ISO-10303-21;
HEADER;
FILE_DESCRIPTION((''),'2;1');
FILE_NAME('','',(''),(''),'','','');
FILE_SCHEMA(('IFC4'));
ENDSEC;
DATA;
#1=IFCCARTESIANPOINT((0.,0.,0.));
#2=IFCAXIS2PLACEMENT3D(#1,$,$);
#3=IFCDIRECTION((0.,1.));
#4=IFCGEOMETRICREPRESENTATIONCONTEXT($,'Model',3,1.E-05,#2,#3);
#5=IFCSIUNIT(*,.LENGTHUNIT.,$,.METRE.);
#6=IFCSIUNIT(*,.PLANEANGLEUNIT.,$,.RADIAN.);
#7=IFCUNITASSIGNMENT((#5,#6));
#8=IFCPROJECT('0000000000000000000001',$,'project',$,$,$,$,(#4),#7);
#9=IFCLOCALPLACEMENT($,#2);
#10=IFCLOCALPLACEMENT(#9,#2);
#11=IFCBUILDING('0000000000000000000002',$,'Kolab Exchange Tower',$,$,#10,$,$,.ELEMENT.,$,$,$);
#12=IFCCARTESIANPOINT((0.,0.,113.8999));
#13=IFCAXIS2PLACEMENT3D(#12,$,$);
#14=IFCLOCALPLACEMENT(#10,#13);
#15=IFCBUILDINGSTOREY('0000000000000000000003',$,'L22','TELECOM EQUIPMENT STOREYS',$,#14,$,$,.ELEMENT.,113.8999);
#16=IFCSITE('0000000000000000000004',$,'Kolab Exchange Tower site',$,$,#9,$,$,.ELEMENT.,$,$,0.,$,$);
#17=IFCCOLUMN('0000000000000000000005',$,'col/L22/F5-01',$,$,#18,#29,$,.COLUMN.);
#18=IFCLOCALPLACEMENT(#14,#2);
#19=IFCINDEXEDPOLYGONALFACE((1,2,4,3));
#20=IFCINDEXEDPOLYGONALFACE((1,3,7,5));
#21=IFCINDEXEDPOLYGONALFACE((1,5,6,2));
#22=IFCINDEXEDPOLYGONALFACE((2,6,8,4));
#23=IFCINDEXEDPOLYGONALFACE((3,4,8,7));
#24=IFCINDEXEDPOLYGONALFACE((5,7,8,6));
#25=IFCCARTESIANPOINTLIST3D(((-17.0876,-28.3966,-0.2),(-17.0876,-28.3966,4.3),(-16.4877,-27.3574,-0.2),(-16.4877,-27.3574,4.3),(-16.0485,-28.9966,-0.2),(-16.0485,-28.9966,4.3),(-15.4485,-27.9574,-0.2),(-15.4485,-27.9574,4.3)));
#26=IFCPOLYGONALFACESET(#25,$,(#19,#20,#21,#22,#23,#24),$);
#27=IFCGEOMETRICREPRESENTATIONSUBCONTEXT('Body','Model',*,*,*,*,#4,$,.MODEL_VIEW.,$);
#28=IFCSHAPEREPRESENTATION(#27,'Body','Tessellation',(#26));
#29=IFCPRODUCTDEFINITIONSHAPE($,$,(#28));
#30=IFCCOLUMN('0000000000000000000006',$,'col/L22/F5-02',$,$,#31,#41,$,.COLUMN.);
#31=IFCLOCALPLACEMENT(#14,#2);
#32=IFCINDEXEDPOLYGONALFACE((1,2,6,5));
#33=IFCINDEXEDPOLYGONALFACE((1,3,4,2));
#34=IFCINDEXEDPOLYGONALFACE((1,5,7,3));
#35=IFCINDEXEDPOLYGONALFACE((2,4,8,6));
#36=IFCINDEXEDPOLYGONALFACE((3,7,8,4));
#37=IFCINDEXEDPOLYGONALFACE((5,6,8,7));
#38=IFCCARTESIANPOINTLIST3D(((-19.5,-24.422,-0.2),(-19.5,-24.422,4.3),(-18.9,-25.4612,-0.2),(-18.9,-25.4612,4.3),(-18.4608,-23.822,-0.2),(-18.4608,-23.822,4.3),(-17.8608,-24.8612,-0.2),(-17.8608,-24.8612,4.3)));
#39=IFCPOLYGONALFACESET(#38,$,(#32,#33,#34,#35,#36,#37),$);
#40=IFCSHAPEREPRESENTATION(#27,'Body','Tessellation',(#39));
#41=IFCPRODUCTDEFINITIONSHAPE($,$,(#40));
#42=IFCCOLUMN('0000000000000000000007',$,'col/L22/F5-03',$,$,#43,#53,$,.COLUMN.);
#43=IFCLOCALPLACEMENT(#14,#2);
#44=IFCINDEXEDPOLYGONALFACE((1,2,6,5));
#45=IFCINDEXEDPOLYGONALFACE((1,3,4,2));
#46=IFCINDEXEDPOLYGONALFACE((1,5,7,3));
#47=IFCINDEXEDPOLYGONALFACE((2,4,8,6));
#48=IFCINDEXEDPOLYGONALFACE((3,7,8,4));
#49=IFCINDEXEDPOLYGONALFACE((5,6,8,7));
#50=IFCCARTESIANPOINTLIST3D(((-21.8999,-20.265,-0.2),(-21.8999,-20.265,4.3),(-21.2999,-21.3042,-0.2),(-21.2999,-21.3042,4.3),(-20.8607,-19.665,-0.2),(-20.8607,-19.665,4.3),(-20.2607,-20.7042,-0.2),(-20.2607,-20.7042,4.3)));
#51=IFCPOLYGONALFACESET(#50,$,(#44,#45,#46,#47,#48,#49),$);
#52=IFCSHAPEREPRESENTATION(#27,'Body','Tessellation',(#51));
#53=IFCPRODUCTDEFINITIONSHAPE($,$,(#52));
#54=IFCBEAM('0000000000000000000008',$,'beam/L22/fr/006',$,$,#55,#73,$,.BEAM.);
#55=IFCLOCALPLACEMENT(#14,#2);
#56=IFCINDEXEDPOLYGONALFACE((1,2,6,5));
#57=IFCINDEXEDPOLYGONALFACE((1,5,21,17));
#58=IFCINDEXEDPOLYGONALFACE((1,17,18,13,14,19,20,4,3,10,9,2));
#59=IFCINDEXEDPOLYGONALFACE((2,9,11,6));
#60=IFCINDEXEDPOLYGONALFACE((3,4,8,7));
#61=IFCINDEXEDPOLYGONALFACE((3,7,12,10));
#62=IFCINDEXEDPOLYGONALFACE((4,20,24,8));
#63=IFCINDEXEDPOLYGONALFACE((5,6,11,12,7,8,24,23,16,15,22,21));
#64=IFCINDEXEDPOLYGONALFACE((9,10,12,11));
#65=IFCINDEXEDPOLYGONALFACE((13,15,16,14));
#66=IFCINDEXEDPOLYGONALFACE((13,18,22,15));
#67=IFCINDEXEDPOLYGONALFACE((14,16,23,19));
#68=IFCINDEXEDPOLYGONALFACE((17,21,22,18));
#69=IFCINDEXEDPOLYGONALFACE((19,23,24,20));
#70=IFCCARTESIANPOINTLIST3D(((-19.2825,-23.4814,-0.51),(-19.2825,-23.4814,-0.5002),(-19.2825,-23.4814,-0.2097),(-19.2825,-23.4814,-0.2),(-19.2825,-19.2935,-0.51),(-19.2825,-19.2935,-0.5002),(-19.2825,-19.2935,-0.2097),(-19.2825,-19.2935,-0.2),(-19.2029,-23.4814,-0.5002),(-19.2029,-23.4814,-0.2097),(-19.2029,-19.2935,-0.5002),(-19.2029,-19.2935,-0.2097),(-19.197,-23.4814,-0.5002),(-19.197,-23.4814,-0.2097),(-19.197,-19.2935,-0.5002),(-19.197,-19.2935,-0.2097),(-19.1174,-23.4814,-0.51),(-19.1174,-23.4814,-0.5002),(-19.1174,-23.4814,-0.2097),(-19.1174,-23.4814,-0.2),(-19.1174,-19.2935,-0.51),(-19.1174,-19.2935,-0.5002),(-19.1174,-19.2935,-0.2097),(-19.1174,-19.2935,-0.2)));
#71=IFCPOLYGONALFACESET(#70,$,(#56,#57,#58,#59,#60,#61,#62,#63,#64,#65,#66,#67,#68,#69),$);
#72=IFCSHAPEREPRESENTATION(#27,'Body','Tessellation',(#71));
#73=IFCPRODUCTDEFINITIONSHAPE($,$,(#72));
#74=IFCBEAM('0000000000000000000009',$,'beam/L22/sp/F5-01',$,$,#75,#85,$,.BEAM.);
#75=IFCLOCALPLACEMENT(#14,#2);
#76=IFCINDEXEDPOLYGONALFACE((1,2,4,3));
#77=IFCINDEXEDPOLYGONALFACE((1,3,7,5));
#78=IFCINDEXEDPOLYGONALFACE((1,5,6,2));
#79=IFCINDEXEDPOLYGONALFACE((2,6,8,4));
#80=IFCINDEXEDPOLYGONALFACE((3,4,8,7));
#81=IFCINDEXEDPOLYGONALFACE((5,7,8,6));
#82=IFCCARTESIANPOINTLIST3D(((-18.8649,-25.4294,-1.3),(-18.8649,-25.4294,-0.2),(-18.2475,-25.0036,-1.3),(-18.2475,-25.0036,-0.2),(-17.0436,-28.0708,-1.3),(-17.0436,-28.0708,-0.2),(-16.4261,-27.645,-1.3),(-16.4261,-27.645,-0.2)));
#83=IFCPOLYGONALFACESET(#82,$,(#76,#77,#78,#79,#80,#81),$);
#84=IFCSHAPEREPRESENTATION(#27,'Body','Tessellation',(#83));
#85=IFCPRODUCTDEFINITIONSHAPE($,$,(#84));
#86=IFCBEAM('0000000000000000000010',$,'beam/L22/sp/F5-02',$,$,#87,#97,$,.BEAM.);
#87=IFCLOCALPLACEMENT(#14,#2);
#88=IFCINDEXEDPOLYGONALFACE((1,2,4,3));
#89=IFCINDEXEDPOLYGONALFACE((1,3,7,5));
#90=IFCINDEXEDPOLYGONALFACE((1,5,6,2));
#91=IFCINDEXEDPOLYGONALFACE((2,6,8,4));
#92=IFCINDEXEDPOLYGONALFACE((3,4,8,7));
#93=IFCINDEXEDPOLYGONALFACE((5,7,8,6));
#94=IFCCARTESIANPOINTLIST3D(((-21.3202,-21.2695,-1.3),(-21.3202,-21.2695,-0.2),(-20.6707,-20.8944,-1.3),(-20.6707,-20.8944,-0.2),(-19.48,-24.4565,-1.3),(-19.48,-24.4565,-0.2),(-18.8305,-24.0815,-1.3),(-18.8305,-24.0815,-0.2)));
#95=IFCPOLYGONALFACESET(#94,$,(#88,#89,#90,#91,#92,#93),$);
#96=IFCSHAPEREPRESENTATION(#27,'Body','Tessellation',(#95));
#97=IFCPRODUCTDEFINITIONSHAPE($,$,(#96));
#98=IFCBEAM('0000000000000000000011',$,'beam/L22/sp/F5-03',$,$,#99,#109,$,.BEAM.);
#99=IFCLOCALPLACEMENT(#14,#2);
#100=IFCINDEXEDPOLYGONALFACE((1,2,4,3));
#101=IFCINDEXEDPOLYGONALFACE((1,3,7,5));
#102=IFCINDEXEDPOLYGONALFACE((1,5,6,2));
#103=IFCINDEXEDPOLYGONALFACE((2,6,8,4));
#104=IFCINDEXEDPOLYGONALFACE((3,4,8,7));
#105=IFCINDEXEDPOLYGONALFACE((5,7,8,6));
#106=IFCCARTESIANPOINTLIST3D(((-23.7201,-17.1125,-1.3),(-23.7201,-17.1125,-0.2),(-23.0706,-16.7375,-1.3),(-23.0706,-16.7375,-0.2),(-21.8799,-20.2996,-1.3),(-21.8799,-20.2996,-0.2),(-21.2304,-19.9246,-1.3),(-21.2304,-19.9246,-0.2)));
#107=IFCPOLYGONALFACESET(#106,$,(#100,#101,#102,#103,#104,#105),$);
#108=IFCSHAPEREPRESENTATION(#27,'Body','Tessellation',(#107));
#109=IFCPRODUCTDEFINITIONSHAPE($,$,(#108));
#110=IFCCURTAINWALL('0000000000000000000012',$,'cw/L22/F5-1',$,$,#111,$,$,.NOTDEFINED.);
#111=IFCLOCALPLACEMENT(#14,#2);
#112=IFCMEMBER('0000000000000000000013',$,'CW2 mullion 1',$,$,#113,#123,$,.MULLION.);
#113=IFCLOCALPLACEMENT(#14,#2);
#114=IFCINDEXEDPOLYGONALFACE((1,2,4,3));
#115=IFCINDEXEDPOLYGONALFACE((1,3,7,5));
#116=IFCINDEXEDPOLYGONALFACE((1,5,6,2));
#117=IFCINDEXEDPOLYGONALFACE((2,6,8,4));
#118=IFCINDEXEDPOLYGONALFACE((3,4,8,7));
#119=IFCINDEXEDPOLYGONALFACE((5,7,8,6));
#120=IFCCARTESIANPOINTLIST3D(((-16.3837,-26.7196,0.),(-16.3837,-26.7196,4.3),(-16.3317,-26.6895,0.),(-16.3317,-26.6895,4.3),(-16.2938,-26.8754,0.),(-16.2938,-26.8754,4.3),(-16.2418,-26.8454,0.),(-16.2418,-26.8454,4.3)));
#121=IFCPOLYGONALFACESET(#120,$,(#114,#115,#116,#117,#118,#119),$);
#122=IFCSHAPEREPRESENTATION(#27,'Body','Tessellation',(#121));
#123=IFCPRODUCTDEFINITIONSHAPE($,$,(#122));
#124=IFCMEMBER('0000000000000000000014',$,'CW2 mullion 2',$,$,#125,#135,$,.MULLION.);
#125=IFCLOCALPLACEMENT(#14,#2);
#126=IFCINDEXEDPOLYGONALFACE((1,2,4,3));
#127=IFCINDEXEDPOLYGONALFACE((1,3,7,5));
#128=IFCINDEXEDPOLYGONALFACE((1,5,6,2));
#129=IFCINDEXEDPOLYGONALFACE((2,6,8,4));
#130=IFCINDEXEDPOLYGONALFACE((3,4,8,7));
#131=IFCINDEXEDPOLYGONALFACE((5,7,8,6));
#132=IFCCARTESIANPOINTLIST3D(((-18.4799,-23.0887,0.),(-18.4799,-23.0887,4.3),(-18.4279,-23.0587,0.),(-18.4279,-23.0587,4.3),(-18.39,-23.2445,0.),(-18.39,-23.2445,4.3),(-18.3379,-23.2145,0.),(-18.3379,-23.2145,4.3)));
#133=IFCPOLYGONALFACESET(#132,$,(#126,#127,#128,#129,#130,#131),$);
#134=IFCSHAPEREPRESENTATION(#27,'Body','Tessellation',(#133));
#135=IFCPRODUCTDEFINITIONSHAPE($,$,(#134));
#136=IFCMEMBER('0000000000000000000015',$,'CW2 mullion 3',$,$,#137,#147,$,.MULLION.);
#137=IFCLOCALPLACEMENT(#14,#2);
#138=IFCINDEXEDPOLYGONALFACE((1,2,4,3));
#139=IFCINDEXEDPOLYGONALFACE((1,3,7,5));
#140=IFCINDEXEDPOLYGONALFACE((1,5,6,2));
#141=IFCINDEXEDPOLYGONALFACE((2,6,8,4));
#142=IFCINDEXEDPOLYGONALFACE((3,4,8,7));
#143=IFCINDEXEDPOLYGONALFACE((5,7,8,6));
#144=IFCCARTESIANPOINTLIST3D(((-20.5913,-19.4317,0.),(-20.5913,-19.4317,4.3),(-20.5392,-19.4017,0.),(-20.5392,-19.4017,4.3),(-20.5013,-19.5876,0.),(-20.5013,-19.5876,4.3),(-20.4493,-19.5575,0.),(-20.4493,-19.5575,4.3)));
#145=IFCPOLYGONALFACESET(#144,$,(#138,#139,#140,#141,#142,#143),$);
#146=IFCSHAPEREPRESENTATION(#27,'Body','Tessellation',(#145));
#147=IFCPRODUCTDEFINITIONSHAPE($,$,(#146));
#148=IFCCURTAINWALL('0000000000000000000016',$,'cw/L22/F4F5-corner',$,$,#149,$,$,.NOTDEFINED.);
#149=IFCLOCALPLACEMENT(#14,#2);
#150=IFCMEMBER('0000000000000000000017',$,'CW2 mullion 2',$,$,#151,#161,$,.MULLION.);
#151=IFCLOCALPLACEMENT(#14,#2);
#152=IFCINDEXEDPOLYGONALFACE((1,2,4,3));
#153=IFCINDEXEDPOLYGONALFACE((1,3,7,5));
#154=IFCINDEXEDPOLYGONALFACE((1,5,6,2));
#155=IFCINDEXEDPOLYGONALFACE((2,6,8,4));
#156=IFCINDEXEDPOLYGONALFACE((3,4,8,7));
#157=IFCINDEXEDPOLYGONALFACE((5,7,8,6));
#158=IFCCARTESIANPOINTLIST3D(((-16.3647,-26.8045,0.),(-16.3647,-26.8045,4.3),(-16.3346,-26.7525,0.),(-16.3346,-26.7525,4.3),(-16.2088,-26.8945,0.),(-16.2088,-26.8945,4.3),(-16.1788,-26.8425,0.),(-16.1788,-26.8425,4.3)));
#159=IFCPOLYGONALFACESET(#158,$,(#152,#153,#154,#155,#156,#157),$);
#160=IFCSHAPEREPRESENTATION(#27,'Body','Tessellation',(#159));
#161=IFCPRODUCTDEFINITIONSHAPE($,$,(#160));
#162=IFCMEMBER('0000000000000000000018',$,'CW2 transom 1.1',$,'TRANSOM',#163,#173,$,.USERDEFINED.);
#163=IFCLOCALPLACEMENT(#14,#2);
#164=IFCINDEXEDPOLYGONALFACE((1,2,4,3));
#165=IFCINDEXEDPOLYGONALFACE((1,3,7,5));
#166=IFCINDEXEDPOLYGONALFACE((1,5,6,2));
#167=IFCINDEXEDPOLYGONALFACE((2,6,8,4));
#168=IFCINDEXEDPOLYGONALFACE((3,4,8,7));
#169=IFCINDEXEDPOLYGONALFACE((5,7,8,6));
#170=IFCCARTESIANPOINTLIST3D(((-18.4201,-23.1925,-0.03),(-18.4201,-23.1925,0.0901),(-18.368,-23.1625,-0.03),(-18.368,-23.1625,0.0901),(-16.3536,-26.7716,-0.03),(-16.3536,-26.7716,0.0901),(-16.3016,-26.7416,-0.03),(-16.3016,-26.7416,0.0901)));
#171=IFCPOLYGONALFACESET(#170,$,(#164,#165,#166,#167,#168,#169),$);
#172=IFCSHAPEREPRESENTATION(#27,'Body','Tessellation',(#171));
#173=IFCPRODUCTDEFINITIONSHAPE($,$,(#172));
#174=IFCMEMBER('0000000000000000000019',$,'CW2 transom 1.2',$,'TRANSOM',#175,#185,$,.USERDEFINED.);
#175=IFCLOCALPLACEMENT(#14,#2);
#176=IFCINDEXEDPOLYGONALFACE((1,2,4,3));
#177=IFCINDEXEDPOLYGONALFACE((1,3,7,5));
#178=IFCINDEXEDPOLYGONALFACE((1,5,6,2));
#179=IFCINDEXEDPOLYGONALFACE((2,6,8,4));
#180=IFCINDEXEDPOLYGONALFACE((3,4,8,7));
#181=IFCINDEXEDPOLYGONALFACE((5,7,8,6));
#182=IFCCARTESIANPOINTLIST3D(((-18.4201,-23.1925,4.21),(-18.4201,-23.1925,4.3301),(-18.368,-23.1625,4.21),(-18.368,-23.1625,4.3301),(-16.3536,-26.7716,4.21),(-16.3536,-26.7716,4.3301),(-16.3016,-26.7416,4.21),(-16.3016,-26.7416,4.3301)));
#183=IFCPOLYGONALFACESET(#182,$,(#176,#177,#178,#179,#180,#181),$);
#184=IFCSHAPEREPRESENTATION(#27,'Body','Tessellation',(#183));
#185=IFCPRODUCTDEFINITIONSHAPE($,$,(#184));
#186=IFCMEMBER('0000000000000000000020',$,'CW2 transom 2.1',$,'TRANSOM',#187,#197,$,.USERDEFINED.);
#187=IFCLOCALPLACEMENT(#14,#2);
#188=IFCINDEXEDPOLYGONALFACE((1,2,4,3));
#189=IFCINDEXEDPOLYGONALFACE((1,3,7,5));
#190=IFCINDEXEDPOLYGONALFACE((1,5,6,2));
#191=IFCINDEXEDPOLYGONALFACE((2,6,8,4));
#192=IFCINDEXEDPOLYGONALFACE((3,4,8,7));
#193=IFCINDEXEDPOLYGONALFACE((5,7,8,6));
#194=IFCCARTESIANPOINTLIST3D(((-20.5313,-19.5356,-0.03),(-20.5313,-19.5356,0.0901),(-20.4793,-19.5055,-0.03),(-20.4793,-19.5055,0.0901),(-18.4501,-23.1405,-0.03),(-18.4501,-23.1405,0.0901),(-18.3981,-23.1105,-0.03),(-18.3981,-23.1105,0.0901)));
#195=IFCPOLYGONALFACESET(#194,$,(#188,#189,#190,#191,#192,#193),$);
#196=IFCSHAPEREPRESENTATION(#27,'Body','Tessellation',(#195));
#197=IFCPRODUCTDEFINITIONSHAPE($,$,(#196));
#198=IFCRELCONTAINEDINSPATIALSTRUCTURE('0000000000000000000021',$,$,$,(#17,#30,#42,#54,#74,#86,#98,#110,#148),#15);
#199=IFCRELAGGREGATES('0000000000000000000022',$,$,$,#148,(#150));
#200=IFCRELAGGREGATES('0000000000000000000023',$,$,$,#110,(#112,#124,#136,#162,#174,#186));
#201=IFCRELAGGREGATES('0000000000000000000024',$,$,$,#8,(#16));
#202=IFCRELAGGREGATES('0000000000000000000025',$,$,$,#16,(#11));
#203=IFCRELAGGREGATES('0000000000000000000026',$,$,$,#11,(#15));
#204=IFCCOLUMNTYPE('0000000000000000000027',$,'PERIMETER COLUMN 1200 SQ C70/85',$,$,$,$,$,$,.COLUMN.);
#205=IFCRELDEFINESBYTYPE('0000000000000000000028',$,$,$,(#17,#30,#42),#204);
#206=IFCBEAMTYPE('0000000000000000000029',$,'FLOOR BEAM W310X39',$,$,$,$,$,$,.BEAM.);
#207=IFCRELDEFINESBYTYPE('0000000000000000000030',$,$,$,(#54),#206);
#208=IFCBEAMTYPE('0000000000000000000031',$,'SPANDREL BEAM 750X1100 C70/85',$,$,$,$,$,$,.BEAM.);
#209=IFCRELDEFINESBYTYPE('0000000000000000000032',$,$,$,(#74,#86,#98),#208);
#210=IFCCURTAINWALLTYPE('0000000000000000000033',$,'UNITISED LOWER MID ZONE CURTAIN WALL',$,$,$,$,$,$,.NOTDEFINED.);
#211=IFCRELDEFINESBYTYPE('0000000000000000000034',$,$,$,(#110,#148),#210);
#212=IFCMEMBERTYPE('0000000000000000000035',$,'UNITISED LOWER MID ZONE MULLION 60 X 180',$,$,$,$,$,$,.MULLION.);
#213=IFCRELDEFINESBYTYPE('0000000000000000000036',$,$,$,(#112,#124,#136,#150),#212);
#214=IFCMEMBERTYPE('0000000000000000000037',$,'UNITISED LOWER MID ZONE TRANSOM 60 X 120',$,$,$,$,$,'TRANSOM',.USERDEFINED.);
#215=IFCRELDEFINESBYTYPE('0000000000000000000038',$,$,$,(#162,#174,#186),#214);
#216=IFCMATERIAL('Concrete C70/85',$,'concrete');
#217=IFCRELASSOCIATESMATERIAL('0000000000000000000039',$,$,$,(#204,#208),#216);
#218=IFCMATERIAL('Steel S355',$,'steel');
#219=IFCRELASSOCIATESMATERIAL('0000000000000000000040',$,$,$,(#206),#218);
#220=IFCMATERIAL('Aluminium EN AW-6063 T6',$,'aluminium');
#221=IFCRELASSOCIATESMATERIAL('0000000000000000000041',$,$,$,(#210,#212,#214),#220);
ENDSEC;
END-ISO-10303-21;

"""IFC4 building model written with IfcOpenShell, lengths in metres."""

from ifc_helpers import new_model, si_unit, direction, frame, origin, origin_2d, place, context, subcontext, project, spatial, rectangle, i_section, extrude, material, material_profile, profile_set, type_object, element, aggregate, save


model = new_model("IFC4")

# Units and contexts
model_context = context("Model", 3, precision=1e-05, world=origin(), true_north=direction((0.0, 1.0)))
body_context = subcontext(model_context, "Body", "Model", "MODEL_VIEW")
ifc_project = project(units=[si_unit("LENGTHUNIT", "METRE"), si_unit("PLANEANGLEUNIT", "RADIAN")], contexts=[model_context])

# Site, building, storey
site_placement = place(None, origin())
site = spatial("IfcSite", under=ifc_project, at=site_placement, Name="Kolab Exchange Tower site", CompositionType="ELEMENT", RefElevation=0.0)
building_placement = place(site_placement, origin())
building = spatial("IfcBuilding", under=site, at=building_placement, Name="Kolab Exchange Tower", CompositionType="ELEMENT")
storey_placement = place(building_placement, frame((0.0, 0.0, 113.8999)))
storey = spatial("IfcBuildingStorey", under=building, at=storey_placement, Name="L22", Description="TELECOM EQUIPMENT STOREYS", CompositionType="ELEMENT", Elevation=113.8999)

# Columns
ifc_material_1 = material(Name="Concrete C70/85", Category="concrete")
ifc_material_profile_1 = material_profile(ifc_material_1, rectangle(XDim=1.2, YDim=1.2, at=origin_2d()), Name="RC1200")
ifc_profile_set_1 = profile_set([ifc_material_profile_1], Name="Concrete C70/85")
column_type = type_object("IfcColumnType", Name="PERIMETER COLUMN 1200 SQ C70/85", PredefinedType="COLUMN", material=ifc_profile_set_1)
for number, where, z_axis, x_axis, name in (
    (1, (-16.2681, -28.177, -0.2), (0.0, 0.0, 1.0), (0.5, 0.866025, 0.0), "col/L22/F5-01"),
    (2, (-18.6804, -24.6416, -0.2), (0.0, 0.0, 1.0), (0.866025, 0.5, 0.0), "col/L22/F5-02"),
    (3, (-21.0803, -20.4846, -0.2), (0.0, 0.0, 1.0), (0.866025, 0.5, 0.0), "col/L22/F5-03"),
):
    element("IfcColumn", number, at=place(storey_placement, frame(where, z_axis=z_axis, x_axis=x_axis)), inside=storey, type_object=column_type, Name=name, PredefinedType="COLUMN", context=body_context, shape_type="SweptSolid", body=[
        extrude(rectangle(XDim=1.2, YDim=1.2, at=origin_2d()), origin(), (0.0, 0.0, 1.0), 4.5),
    ])

# Beams
ifc_material_2 = material(Name="Steel S355", Category="steel")
ifc_material_profile_2 = material_profile(ifc_material_2, i_section(OverallWidth=0.165, OverallDepth=0.3101, WebThickness=0.0059, FlangeThickness=0.0098, at=origin_2d()), Name="W310X39")
ifc_profile_set_2 = profile_set([ifc_material_profile_2], Name="Steel S355")
beam_type_1 = type_object("IfcBeamType", Name="FLOOR BEAM W310X39", PredefinedType="BEAM", material=ifc_profile_set_2)
beam_1_placement = place(storey_placement, frame((-19.2, -23.4814, -0.355), z_axis=(0.0, 1.0, 0.0), x_axis=(-1.0, 0.0, 0.0)))
element("IfcBeam", 4, at=beam_1_placement, inside=storey, type_object=beam_type_1, Name="beam/L22/fr/006", PredefinedType="BEAM", context=body_context, shape_type="SweptSolid", body=[
    extrude(i_section(OverallWidth=0.165, OverallDepth=0.3101, WebThickness=0.0059, FlangeThickness=0.0098, at=origin_2d()), origin(), (0.0, 0.0, 1.0), 4.188),
])
ifc_material_profile_3 = material_profile(ifc_material_1, rectangle(XDim=0.75, YDim=1.1001, at=origin_2d()), Name="RC750X1100")
ifc_profile_set_3 = profile_set([ifc_material_profile_3], Name="Concrete C70/85")
beam_type_2 = type_object("IfcBeamType", Name="SPANDREL BEAM 750X1100 C70/85", PredefinedType="BEAM", material=ifc_profile_set_3)
beam_2_placement = place(storey_placement, frame((-16.7349, -27.8579, -0.75), z_axis=(-0.567662, 0.823262, 0.0), x_axis=(-0.823262, -0.567662, 0.0)))
element("IfcBeam", 5, at=beam_2_placement, inside=storey, type_object=beam_type_2, Name="beam/L22/sp/F5-01", PredefinedType="BEAM", context=body_context, shape_type="SweptSolid", body=[
    extrude(rectangle(XDim=0.75, YDim=1.1001, at=origin_2d()), origin(), (0.0, 0.0, 1.0), 3.2085),
])
for number, where, z_axis, x_axis, name in (
    (6, (-19.1553, -24.269, -0.75), (-0.500013, 0.866018, 0.0), (-0.866018, -0.500013, 0.0), "beam/L22/sp/F5-02"),
    (7, (-21.5552, -20.1121, -0.75), (-0.500013, 0.866018, 0.0), (-0.866018, -0.500013, 0.0), "beam/L22/sp/F5-03"),
):
    element("IfcBeam", number, at=place(storey_placement, frame(where, z_axis=z_axis, x_axis=x_axis)), inside=storey, type_object=beam_type_2, Name=name, PredefinedType="BEAM", context=body_context, shape_type="SweptSolid", body=[
        extrude(rectangle(XDim=0.75, YDim=1.1001, at=origin_2d()), origin(), (0.0, 0.0, 1.0), 3.6802),
    ])

# Curtain wall, members
ifc_material_3 = material(Name="Aluminium EN AW-6063 T6", Category="aluminium")
curtain_wall_type = type_object("IfcCurtainWallType", Name="UNITISED LOWER MID ZONE CURTAIN WALL", PredefinedType="NOTDEFINED", material=ifc_material_3)
curtain_wall_1_placement = place(storey_placement, origin())
curtain_wall_1 = element("IfcCurtainWall", 8, at=curtain_wall_1_placement, inside=storey, type_object=curtain_wall_type, Name="cw/L22/F5-1", PredefinedType="NOTDEFINED")
ifc_material_profile_4 = material_profile(ifc_material_3, rectangle(XDim=0.0601, YDim=0.1799, at=origin_2d()), Name="RECT 60X180")
ifc_profile_set_4 = profile_set([ifc_material_profile_4], Name="Aluminium EN AW-6063 T6")
member_type_1 = type_object("IfcMemberType", Name="UNITISED LOWER MID ZONE MULLION 60 X 180", PredefinedType="MULLION", material=ifc_profile_set_4)
member_1_placement = place(storey_placement, frame((-16.3127, -26.7825, 0.0), z_axis=(0.0, 0.0, 1.0), x_axis=(-0.866025, -0.5, 0.0)))
member_1 = element("IfcMember", 9, at=member_1_placement, type_object=member_type_1, Name="CW2 mullion 1", PredefinedType="MULLION", context=body_context, shape_type="SweptSolid", body=[
    extrude(rectangle(XDim=0.0601, YDim=0.1799, at=origin_2d()), origin(), (0.0, 0.0, 1.0), 4.3),
])
member_2_placement = place(storey_placement, frame((-18.4089, -23.1516, 0.0), z_axis=(0.0, 0.0, 1.0), x_axis=(-0.866025, -0.5, 0.0)))
member_2 = element("IfcMember", 10, at=member_2_placement, type_object=member_type_1, Name="CW2 mullion 2", PredefinedType="MULLION", context=body_context, shape_type="SweptSolid", body=[
    extrude(rectangle(XDim=0.0601, YDim=0.1799, at=origin_2d()), origin(), (0.0, 0.0, 1.0), 4.3),
])
member_3_placement = place(storey_placement, frame((-20.5203, -19.4946, 0.0), z_axis=(0.0, 0.0, 1.0), x_axis=(-0.866025, -0.5, 0.0)))
member_3 = element("IfcMember", 11, at=member_3_placement, type_object=member_type_1, Name="CW2 mullion 3", PredefinedType="MULLION", context=body_context, shape_type="SweptSolid", body=[
    extrude(rectangle(XDim=0.0601, YDim=0.1799, at=origin_2d()), origin(), (0.0, 0.0, 1.0), 4.3),
])

# Curtain wall, member
curtain_wall_2_placement = place(storey_placement, origin())
curtain_wall_2 = element("IfcCurtainWall", 12, at=curtain_wall_2_placement, inside=storey, type_object=curtain_wall_type, Name="cw/L22/F4F5-corner", PredefinedType="NOTDEFINED")
member_4_placement = place(storey_placement, frame((-16.2717, -26.8235, 0.0), z_axis=(0.0, 0.0, 1.0), x_axis=(-0.5, -0.866025, 0.0)))
member_4 = element("IfcMember", 13, at=member_4_placement, type_object=member_type_1, Name="CW2 mullion 2", PredefinedType="MULLION", context=body_context, shape_type="SweptSolid", body=[
    extrude(rectangle(XDim=0.0601, YDim=0.1799, at=origin_2d()), origin(), (0.0, 0.0, 1.0), 4.3),
])
aggregate(curtain_wall_2, [member_4])

# Members
ifc_material_profile_5 = material_profile(ifc_material_3, rectangle(XDim=0.0601, YDim=0.1201, at=origin_2d()), Name="RECT 60X120")
ifc_profile_set_5 = profile_set([ifc_material_profile_5], Name="Aluminium EN AW-6063 T6")
member_type_2 = type_object("IfcMemberType", Name="UNITISED LOWER MID ZONE TRANSOM 60 X 120", ElementType="TRANSOM", PredefinedType="USERDEFINED", material=ifc_profile_set_5)
member_5_placement = place(storey_placement, frame((-16.3276, -26.7566, 0.03), z_axis=(-0.500002, 0.866024, 0.0), x_axis=(-0.866024, -0.500002, 0.0)))
member_5 = element("IfcMember", 14, at=member_5_placement, type_object=member_type_2, Name="CW2 transom 1.1", ObjectType="TRANSOM", PredefinedType="USERDEFINED", context=body_context, shape_type="SweptSolid", body=[
    extrude(rectangle(XDim=0.0601, YDim=0.1201, at=origin_2d()), origin(), (0.0, 0.0, 1.0), 4.1328),
])
member_6_placement = place(storey_placement, frame((-16.3276, -26.7566, 4.27), z_axis=(-0.500002, 0.866024, 0.0), x_axis=(-0.866024, -0.500002, 0.0)))
member_6 = element("IfcMember", 15, at=member_6_placement, type_object=member_type_2, Name="CW2 transom 1.2", ObjectType="TRANSOM", PredefinedType="USERDEFINED", context=body_context, shape_type="SweptSolid", body=[
    extrude(rectangle(XDim=0.0601, YDim=0.1201, at=origin_2d()), origin(), (0.0, 0.0, 1.0), 4.1328),
])
member_7_placement = place(storey_placement, frame((-18.4241, -23.1255, 0.03), z_axis=(-0.499993, 0.866029, 0.0), x_axis=(-0.866029, -0.499993, 0.0)))
member_7 = element("IfcMember", 16, at=member_7_placement, type_object=member_type_2, Name="CW2 transom 2.1", ObjectType="TRANSOM", PredefinedType="USERDEFINED", context=body_context, shape_type="SweptSolid", body=[
    extrude(rectangle(XDim=0.0601, YDim=0.1201, at=origin_2d()), origin(), (0.0, 0.0, 1.0), 4.1626),
])

aggregate(curtain_wall_1, [member_1, member_2, member_3, member_5, member_6, member_7])

save(model, "model.ifc")
